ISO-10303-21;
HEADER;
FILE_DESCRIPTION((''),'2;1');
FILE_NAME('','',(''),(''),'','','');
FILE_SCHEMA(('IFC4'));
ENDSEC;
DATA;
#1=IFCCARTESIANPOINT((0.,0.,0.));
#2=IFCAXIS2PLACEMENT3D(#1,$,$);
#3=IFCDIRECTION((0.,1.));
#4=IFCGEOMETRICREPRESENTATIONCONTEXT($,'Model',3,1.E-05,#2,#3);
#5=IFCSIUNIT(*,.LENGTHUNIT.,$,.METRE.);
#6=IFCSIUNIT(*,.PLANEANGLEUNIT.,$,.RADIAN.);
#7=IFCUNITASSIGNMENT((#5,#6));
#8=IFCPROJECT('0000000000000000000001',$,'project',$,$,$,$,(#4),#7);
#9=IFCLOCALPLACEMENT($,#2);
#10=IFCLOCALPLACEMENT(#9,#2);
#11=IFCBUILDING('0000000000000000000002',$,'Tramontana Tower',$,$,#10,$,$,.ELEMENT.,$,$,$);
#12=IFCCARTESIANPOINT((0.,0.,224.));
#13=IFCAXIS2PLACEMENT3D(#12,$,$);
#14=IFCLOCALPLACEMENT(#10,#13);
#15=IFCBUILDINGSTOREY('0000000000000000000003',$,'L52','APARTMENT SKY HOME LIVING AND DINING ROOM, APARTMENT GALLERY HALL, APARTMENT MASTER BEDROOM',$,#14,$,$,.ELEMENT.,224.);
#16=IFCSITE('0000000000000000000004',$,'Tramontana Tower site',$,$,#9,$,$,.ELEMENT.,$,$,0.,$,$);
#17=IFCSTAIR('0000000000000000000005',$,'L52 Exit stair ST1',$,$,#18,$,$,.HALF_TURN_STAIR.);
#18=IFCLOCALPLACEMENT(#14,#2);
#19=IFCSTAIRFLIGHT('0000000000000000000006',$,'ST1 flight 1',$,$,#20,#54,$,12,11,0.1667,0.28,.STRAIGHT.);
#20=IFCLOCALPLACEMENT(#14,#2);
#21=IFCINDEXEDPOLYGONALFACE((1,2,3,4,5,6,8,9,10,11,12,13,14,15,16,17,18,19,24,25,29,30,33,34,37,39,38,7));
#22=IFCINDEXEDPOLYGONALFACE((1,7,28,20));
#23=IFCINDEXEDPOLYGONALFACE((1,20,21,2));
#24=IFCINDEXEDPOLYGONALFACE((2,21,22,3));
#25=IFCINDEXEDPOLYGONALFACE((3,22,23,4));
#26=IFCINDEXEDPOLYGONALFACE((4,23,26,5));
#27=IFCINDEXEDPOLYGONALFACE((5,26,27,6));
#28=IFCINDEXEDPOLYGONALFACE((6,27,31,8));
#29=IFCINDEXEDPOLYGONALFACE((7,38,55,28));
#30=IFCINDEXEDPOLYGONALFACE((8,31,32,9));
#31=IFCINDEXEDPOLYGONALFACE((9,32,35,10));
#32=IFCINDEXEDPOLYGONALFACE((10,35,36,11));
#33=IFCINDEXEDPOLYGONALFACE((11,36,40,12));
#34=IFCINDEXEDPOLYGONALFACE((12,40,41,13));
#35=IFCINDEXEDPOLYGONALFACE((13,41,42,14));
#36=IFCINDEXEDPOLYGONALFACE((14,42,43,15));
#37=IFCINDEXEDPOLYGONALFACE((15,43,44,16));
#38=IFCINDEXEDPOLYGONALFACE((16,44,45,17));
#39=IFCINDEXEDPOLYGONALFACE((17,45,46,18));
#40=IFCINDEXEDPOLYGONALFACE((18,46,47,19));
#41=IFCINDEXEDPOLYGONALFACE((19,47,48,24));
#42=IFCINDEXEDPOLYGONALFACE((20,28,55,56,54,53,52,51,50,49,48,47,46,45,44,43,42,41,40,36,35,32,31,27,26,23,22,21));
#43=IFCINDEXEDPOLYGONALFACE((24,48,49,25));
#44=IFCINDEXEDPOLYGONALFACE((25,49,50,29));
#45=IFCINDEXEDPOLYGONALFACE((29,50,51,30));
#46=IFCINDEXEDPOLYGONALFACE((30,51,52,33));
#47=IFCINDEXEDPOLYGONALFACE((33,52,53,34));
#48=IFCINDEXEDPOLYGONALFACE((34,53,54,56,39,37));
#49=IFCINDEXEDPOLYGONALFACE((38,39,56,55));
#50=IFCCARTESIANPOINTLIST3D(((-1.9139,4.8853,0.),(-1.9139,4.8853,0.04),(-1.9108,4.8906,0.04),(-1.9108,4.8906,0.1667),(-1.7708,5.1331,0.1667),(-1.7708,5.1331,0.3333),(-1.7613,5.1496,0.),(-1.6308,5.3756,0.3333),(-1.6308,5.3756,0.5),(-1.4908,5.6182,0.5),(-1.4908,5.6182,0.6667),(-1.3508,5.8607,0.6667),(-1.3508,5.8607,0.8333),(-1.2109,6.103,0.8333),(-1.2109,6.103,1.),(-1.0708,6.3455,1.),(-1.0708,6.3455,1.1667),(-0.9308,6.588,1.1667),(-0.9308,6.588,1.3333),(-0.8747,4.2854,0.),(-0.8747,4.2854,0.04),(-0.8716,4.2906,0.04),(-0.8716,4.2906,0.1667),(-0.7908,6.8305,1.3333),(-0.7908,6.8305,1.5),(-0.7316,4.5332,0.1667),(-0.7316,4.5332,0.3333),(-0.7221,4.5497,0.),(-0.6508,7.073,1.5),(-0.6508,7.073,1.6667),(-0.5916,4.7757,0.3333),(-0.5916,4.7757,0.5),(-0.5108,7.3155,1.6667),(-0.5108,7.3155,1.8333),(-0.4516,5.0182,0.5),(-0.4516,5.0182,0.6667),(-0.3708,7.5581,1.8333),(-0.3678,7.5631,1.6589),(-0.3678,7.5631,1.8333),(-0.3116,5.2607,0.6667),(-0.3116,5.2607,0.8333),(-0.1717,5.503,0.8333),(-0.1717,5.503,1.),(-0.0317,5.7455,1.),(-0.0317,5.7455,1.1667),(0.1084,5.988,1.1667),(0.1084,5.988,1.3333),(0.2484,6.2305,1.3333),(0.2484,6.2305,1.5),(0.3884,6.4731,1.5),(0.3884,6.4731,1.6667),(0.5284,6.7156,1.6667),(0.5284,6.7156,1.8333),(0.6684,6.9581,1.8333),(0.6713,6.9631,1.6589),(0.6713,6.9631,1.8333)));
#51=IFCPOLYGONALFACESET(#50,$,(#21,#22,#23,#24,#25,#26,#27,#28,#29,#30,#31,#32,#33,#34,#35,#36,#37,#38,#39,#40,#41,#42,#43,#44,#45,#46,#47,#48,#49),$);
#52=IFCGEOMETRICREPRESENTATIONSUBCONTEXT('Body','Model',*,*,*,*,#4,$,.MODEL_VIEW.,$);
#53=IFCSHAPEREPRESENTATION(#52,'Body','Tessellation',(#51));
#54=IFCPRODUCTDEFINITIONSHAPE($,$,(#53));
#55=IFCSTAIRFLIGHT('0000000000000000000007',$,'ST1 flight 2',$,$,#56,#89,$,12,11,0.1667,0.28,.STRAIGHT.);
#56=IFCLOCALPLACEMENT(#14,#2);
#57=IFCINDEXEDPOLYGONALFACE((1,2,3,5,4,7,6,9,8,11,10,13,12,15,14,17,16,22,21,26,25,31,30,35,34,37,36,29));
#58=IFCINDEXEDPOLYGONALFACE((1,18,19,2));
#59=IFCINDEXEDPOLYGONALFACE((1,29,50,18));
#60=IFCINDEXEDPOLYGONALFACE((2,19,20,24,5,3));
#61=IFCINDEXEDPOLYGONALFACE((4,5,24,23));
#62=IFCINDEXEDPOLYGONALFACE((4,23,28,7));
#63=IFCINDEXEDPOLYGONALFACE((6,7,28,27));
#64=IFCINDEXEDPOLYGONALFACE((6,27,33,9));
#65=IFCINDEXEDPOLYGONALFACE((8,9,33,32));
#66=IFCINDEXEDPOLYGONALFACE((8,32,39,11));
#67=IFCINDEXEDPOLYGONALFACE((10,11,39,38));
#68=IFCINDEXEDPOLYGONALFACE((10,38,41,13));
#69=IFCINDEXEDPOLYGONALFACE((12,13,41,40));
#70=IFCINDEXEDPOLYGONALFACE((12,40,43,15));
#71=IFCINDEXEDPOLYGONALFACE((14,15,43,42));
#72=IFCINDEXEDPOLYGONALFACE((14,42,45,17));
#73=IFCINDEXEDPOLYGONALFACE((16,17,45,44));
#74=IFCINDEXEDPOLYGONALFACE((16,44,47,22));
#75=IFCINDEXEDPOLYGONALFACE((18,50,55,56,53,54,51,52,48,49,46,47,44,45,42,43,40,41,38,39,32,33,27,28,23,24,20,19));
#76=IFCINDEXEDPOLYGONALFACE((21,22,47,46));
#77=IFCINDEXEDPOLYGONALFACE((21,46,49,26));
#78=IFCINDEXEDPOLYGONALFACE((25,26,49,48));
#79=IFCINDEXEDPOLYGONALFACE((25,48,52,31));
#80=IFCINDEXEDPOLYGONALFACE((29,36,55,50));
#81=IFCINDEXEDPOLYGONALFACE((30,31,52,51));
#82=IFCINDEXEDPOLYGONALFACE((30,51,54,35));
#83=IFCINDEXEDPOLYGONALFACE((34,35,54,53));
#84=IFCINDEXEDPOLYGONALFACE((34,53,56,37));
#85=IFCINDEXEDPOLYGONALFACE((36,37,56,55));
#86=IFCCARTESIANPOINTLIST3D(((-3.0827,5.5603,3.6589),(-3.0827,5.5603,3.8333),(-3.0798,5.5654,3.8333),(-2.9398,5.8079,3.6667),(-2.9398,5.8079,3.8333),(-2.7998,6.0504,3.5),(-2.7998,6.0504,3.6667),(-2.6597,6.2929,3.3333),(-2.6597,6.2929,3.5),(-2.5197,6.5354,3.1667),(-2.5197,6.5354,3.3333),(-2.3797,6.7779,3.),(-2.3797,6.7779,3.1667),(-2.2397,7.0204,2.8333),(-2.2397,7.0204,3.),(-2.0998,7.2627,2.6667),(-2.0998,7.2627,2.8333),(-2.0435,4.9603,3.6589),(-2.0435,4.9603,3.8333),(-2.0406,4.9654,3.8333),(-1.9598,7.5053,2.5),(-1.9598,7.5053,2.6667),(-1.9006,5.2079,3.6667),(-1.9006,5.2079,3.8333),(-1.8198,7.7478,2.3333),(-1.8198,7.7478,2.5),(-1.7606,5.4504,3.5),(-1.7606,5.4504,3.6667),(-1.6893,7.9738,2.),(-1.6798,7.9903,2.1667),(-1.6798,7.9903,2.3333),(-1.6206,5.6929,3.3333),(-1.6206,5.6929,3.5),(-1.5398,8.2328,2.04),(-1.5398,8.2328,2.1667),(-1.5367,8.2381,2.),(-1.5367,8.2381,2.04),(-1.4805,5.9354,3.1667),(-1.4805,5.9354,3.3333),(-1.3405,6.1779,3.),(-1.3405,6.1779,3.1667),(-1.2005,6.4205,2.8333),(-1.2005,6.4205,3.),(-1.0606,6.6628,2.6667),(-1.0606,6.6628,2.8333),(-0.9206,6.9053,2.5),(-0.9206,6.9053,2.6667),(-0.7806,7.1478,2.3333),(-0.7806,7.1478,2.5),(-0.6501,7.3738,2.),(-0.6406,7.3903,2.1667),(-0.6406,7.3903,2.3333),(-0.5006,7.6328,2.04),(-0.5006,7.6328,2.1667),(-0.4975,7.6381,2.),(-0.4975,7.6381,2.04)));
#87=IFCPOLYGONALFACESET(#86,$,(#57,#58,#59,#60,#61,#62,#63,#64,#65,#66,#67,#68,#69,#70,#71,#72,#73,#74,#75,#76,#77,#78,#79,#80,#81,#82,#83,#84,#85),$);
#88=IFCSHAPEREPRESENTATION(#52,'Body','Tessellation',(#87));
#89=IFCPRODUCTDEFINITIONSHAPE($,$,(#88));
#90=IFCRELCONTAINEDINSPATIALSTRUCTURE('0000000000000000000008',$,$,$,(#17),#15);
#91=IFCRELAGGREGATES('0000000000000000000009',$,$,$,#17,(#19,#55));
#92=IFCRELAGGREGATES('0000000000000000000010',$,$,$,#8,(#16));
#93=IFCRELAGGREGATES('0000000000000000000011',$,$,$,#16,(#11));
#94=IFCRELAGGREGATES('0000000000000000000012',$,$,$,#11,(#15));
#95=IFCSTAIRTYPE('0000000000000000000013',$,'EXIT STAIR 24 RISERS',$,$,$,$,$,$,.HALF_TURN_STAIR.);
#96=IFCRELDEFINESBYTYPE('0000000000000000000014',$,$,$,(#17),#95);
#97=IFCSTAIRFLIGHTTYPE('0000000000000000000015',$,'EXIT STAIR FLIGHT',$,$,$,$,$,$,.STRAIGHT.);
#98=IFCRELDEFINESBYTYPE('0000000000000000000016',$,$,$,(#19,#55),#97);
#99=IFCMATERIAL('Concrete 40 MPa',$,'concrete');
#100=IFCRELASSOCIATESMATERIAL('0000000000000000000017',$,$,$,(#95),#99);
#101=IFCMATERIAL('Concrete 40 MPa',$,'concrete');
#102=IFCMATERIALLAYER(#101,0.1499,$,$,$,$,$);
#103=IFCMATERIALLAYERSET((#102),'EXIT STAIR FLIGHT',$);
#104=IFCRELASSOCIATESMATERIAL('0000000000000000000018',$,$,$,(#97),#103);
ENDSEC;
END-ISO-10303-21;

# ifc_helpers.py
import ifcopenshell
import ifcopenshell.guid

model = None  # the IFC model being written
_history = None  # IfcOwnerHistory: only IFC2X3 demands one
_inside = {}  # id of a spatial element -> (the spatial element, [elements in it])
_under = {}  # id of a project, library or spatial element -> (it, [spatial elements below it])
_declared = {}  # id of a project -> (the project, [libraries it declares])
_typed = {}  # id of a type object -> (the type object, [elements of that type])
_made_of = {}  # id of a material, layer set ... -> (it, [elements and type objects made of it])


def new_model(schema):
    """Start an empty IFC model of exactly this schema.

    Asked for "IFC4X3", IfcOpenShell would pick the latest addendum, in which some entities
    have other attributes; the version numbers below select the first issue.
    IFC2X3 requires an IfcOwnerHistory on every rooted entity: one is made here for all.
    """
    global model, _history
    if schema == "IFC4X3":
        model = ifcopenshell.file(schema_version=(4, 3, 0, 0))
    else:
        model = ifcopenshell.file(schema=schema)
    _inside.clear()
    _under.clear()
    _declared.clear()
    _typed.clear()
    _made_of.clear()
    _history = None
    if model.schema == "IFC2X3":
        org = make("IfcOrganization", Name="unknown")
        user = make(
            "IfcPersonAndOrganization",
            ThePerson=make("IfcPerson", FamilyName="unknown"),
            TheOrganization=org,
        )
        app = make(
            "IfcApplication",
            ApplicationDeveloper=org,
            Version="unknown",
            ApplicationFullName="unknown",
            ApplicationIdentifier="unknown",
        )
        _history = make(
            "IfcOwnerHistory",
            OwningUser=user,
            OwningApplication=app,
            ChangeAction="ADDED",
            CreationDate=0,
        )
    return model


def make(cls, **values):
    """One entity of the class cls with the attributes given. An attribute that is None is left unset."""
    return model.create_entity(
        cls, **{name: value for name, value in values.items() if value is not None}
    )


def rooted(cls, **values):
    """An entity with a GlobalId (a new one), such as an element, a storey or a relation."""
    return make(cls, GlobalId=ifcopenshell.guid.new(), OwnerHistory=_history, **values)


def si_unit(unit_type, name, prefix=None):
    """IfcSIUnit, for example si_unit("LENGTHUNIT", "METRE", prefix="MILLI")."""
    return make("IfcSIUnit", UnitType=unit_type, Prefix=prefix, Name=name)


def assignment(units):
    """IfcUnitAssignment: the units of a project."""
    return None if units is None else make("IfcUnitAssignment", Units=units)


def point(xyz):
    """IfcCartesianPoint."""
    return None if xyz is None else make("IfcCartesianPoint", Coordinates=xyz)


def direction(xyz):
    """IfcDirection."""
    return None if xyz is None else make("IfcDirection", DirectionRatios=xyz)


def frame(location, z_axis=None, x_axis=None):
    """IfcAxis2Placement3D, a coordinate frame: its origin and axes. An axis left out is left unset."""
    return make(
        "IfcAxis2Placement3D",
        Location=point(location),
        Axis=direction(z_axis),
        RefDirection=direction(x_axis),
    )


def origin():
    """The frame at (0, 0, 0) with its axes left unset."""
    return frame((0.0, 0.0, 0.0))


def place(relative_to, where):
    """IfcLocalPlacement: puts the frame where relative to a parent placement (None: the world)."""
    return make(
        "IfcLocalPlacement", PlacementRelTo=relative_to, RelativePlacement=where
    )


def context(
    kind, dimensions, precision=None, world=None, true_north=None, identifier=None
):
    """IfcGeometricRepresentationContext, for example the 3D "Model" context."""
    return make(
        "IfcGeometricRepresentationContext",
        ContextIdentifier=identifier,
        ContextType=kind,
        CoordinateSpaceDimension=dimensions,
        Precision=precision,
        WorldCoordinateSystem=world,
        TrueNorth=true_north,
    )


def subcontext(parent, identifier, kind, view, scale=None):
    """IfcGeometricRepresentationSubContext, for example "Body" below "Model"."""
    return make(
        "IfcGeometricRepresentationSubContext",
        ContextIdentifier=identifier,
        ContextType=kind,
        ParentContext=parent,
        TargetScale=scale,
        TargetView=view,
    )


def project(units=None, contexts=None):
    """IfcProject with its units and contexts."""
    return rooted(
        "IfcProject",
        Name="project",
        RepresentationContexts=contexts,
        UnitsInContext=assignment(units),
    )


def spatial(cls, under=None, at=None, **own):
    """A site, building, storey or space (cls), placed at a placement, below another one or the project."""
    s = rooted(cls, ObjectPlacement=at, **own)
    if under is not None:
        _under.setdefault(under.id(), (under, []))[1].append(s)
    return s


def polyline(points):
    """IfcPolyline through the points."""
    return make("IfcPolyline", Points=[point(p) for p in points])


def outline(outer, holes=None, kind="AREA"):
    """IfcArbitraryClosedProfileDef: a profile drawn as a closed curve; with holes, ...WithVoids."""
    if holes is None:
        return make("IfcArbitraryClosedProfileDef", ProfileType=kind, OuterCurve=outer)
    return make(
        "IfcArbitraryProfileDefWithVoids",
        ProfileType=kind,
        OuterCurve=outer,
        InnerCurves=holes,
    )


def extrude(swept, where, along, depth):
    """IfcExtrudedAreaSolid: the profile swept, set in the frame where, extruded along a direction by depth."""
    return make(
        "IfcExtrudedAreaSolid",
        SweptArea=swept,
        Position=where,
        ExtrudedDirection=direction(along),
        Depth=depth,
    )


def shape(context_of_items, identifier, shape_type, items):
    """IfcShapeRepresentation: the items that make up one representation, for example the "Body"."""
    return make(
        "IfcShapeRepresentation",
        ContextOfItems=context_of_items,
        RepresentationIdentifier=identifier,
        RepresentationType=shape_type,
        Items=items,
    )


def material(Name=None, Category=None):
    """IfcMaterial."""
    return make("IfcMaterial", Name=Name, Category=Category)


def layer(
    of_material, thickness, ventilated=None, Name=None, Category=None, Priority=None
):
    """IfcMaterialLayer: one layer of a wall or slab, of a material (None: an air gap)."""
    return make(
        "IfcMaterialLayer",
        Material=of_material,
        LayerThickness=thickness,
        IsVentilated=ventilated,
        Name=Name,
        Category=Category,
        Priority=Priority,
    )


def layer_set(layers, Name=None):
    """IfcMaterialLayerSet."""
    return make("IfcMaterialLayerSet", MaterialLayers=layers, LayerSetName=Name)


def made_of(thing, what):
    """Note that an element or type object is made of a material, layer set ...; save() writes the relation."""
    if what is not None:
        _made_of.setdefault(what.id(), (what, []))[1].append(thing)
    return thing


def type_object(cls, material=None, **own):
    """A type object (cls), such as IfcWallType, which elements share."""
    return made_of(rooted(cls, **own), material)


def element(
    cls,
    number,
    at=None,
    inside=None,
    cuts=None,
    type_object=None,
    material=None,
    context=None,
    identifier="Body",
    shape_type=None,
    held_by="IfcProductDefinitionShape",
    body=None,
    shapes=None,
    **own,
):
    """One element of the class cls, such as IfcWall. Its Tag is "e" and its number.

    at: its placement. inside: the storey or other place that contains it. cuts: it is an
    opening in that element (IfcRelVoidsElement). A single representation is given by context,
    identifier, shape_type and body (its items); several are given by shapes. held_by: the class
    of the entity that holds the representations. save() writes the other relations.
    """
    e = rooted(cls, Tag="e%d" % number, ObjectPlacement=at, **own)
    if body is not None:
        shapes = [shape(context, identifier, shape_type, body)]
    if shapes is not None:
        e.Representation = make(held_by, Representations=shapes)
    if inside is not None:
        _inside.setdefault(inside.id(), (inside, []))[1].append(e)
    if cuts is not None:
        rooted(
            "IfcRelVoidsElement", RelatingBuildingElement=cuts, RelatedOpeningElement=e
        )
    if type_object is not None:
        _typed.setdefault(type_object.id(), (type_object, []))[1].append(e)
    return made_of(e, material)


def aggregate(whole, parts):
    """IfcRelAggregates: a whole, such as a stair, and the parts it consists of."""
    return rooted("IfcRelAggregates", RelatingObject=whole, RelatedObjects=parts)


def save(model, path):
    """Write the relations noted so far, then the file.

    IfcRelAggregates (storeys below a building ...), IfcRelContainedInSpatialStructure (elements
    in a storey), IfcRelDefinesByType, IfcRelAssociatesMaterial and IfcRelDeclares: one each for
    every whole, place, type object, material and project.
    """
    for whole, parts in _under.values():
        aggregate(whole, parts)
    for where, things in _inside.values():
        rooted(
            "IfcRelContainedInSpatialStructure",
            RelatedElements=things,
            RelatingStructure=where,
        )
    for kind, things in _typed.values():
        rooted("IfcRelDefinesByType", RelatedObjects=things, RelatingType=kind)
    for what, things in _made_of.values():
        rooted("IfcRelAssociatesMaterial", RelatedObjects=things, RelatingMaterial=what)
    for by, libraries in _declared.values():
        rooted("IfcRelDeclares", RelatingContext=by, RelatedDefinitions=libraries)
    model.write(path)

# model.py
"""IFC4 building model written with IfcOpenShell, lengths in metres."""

from ifc_helpers import new_model, si_unit, direction, frame, origin, place, context, subcontext, project, spatial, polyline, outline, extrude, material, layer, layer_set, type_object, element, aggregate, save


model = new_model("IFC4")

# Units and contexts
model_context = context("Model", 3, precision=1e-05, world=origin(), true_north=direction((0.0, 1.0)))
body_context = subcontext(model_context, "Body", "Model", "MODEL_VIEW")
ifc_project = project(units=[si_unit("LENGTHUNIT", "METRE"), si_unit("PLANEANGLEUNIT", "RADIAN")], contexts=[model_context])

# Site, building, storey
site_placement = place(None, origin())
site = spatial("IfcSite", under=ifc_project, at=site_placement, Name="Tramontana Tower site", CompositionType="ELEMENT", RefElevation=0.0)
building_placement = place(site_placement, origin())
building = spatial("IfcBuilding", under=site, at=building_placement, Name="Tramontana Tower", CompositionType="ELEMENT")
storey_placement = place(building_placement, frame((0.0, 0.0, 224.0)))
storey = spatial("IfcBuildingStorey", under=building, at=storey_placement, Name="L52", Description="APARTMENT SKY HOME LIVING AND DINING ROOM, APARTMENT GALLERY HALL, APARTMENT MASTER BEDROOM", CompositionType="ELEMENT", Elevation=224.0)

# Stair, stair flights
ifc_material_1 = material(Name="Concrete 40 MPa", Category="concrete")
stair_type = type_object("IfcStairType", Name="EXIT STAIR 24 RISERS", PredefinedType="HALF_TURN_STAIR", material=ifc_material_1)
stair_placement = place(storey_placement, origin())
stair = element("IfcStair", 1, at=stair_placement, inside=storey, type_object=stair_type, Name="L52 Exit stair ST1", PredefinedType="HALF_TURN_STAIR")
ifc_material_2 = material(Name="Concrete 40 MPa", Category="concrete")
ifc_layer_1 = layer(ifc_material_2, 0.1499)
ifc_layer_set_1 = layer_set([ifc_layer_1], Name="EXIT STAIR FLIGHT")
stair_flight_type = type_object("IfcStairFlightType", Name="EXIT STAIR FLIGHT", PredefinedType="STRAIGHT", material=ifc_layer_set_1)
stair_flight_1_placement = place(storey_placement, frame((-1.3911, 4.5906, 0.0), z_axis=(0.0, 0.0, 1.0), x_axis=(0.5, 0.866025, 0.0)))
stair_flight_1 = element("IfcStairFlight", 2, at=stair_flight_1_placement, type_object=stair_flight_type, Name="ST1 flight 1", NumberOfRisers=12, NumberOfTreads=11, PredefinedType="STRAIGHT", RiserHeight=0.1667, TreadLength=0.28, context=body_context, shape_type="SweptSolid", body=[
    extrude(outline(polyline([(-0.0061, 0.0), (-0.0061, 0.04), (0.0, 0.04), (0.0, 0.1667), (0.28, 0.1667), (0.28, 0.3333), (0.5601, 0.3333), (0.5601, 0.5), (0.8401, 0.5), (0.8401, 0.6667), (1.1201, 0.6667), (1.1201, 0.8333), (1.3999, 0.8333), (1.3999, 1.0), (1.6799, 1.0), (1.6799, 1.1667), (1.96, 1.1667), (1.96, 1.3333), (2.24, 1.3333), (2.24, 1.5), (2.52, 1.5), (2.52, 1.6667), (2.8, 1.6667), (2.8, 1.8333), (3.0801, 1.8333), (3.0859, 1.8333), (3.0859, 1.6589), (0.2991, 0.0), (-0.0061, 0.0)])), frame((0.0, 0.6001, 0.0), z_axis=(0.0, -1.0, 0.0), x_axis=(1.0, 0.0, 0.0)), (0.0, 0.0, 1.0), 1.2),
])
stair_flight_2_placement = place(storey_placement, frame((-1.0203, 7.9329, 2.0), z_axis=(0.0, 0.0, 1.0), x_axis=(-0.5, -0.866025, 0.0)))
stair_flight_2 = element("IfcStairFlight", 3, at=stair_flight_2_placement, type_object=stair_flight_type, Name="ST1 flight 2", NumberOfRisers=12, NumberOfTreads=11, PredefinedType="STRAIGHT", RiserHeight=0.1667, TreadLength=0.28, context=body_context, shape_type="SweptSolid", body=[
    extrude(outline(polyline([(-0.0061, 0.0), (-0.0061, 0.04), (0.0, 0.04), (0.0, 0.1667), (0.28, 0.1667), (0.28, 0.3333), (0.5601, 0.3333), (0.5601, 0.5), (0.8401, 0.5), (0.8401, 0.6667), (1.1201, 0.6667), (1.1201, 0.8333), (1.3999, 0.8333), (1.3999, 1.0), (1.6799, 1.0), (1.6799, 1.1667), (1.96, 1.1667), (1.96, 1.3333), (2.24, 1.3333), (2.24, 1.5), (2.52, 1.5), (2.52, 1.6667), (2.8, 1.6667), (2.8, 1.8333), (3.0801, 1.8333), (3.0859, 1.8333), (3.0859, 1.6589), (0.2991, 0.0), (-0.0061, 0.0)])), frame((0.0, 0.6001, 0.0), z_axis=(0.0, -1.0, 0.0), x_axis=(1.0, 0.0, 0.0)), (0.0, 0.0, 1.0), 1.2),
])
aggregate(stair, [stair_flight_1, stair_flight_2])

save(model, "model.ifc")
